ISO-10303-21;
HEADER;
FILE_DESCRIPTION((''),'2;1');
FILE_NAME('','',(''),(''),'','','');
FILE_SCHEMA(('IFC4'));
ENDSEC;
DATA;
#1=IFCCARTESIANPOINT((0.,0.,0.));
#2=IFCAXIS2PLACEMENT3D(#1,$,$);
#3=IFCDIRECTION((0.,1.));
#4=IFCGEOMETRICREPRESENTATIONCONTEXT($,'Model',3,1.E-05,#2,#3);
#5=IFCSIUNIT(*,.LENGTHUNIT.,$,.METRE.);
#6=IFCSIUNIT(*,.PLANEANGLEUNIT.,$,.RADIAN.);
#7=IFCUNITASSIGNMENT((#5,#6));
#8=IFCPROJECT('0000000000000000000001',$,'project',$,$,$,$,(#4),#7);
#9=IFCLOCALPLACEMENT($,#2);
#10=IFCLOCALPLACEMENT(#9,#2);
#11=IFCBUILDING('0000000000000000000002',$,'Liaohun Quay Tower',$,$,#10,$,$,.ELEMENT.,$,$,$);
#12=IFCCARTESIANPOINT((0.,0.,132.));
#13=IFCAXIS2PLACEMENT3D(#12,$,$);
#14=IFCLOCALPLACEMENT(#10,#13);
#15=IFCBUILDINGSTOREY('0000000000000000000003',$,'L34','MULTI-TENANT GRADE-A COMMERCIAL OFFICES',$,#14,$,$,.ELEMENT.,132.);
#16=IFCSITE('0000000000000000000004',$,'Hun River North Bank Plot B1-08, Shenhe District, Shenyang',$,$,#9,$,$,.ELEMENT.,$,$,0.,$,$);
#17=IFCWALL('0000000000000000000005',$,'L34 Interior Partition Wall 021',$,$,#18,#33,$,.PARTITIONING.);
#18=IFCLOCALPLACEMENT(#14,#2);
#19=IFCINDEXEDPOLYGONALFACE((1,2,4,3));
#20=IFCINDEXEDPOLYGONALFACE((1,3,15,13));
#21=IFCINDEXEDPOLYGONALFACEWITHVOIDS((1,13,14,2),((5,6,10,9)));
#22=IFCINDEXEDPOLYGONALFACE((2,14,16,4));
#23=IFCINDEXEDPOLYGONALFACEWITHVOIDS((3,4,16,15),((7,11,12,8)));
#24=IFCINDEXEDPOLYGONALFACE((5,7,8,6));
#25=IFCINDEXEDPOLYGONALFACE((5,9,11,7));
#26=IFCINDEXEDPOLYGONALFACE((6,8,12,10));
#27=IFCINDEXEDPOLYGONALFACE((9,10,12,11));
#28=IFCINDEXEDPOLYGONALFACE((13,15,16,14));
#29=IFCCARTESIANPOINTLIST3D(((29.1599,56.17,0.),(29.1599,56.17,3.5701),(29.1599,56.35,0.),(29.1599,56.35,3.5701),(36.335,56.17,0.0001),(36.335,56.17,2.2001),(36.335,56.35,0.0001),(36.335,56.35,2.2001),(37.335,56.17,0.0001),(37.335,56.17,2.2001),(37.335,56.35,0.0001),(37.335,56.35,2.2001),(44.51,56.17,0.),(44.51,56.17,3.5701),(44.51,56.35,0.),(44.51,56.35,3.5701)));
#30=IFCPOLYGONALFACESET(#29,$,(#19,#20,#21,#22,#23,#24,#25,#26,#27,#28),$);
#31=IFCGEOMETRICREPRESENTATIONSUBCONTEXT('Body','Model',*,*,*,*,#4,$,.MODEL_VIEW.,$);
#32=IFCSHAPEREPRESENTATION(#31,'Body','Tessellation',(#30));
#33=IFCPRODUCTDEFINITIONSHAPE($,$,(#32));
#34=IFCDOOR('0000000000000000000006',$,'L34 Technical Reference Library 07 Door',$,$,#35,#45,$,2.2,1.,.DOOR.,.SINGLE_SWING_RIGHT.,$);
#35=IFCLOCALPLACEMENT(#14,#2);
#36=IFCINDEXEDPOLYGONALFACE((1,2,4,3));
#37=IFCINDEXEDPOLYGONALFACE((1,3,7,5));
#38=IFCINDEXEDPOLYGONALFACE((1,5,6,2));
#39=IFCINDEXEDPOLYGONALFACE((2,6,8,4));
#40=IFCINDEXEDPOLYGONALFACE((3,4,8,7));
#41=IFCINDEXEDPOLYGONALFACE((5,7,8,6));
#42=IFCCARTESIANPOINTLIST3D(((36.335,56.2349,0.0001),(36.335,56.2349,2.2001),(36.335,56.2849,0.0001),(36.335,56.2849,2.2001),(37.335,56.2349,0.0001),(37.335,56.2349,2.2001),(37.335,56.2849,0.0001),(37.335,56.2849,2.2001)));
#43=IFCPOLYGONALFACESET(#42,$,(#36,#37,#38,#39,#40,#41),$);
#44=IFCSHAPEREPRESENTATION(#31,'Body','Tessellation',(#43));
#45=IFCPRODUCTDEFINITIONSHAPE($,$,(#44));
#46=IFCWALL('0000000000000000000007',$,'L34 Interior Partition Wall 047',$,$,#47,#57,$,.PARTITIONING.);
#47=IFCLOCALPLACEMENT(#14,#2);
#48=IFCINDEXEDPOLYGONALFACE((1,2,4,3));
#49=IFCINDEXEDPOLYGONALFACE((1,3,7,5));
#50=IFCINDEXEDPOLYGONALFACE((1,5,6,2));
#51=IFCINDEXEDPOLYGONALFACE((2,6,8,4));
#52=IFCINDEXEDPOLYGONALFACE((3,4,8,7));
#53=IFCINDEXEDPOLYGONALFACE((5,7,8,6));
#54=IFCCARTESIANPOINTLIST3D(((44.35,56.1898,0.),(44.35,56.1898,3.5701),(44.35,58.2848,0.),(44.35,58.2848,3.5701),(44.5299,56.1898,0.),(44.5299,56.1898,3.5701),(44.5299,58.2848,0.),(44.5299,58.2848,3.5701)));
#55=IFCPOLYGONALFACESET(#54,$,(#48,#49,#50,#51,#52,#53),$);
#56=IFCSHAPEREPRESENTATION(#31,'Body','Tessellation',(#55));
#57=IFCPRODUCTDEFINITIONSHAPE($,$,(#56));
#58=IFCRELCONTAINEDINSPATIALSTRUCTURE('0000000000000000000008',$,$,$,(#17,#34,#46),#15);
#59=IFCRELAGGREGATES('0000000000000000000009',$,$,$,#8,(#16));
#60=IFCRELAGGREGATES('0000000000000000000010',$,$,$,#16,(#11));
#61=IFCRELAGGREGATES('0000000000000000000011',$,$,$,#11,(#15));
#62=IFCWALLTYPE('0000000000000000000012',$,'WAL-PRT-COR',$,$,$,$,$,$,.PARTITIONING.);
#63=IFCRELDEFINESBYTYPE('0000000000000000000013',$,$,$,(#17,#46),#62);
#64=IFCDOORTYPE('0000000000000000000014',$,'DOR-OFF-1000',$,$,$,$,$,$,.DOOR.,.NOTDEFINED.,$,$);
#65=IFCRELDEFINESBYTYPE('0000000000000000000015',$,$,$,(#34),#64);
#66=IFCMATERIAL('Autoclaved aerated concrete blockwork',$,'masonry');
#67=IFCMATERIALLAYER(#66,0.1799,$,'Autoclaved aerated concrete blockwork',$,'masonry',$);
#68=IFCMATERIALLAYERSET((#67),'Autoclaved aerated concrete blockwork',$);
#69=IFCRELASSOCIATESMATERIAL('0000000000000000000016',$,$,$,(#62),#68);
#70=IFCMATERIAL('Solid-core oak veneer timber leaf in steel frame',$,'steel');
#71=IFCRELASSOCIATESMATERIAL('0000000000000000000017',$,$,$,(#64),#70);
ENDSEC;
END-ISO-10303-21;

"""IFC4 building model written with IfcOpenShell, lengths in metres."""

from ifc_helpers import new_model, si_unit, direction, frame, frame_2d, origin, place, context, subcontext, project, spatial, rectangle, extrude, source, transform, mapped, material, layer, layer_set, type_object, element, fill, save


model = new_model("IFC4")

# Units and contexts
model_context = context("Model", 3, precision=1e-05, world=origin(), true_north=direction((0.0, 1.0)))
body_context = subcontext(model_context, "Body", "Model", "MODEL_VIEW")
ifc_project = project(units=[si_unit("LENGTHUNIT", "METRE"), si_unit("PLANEANGLEUNIT", "RADIAN")], contexts=[model_context])

# Site, building, storey
site_placement = place(None, origin())
site = spatial("IfcSite", under=ifc_project, at=site_placement, Name="Hun River North Bank Plot B1-08, Shenhe District, Shenyang", CompositionType="ELEMENT", RefElevation=0.0)
building_placement = place(site_placement, origin())
building = spatial("IfcBuilding", under=site, at=building_placement, Name="Liaohun Quay Tower", CompositionType="ELEMENT")
storey_placement = place(building_placement, frame((0.0, 0.0, 132.0)))
storey = spatial("IfcBuildingStorey", under=building, at=storey_placement, Name="L34", Description="MULTI-TENANT GRADE-A COMMERCIAL OFFICES", CompositionType="ELEMENT", Elevation=132.0)

# Wall, opening, door
ifc_material_1 = material(Name="Autoclaved aerated concrete blockwork", Category="masonry")
ifc_layer_1 = layer(ifc_material_1, 0.1799, Name="Autoclaved aerated concrete blockwork", Category="masonry")
ifc_layer_set_1 = layer_set([ifc_layer_1], Name="Autoclaved aerated concrete blockwork")
wall_type_1 = type_object("IfcWallType", Name="WAL-PRT-COR", PredefinedType="PARTITIONING", material=ifc_layer_set_1)
wall_1_placement = place(storey_placement, frame((29.1599, 56.26, 0.0), z_axis=(0.0, 0.0, 1.0), x_axis=(1.0, 0.0, 0.0)))
wall_1 = element("IfcWall", 1, at=wall_1_placement, inside=storey, type_object=wall_type_1, Name="L34 Interior Partition Wall 021", PredefinedType="PARTITIONING", context=body_context, shape_type="SweptSolid", body=[
    extrude(rectangle(XDim=15.3501, YDim=0.1799, at=frame_2d((7.675, 0.0))), origin(), (0.0, 0.0, 1.0), 3.5701),
])
shared_shape_1 = source(origin(), body_context, "Body", "SweptSolid", [
    extrude(rectangle(XDim=1.0, YDim=2.2, at=frame_2d((0.5, 1.1001))), frame((0.0, 0.0999, 0.0), z_axis=(0.0, -1.0, 0.0), x_axis=(1.0, 0.0, 0.0)), (0.0, 0.0, 1.0), 0.2),
])
opening_1_placement = place(wall_1_placement, frame((7.175, 0.0, 0.0)))
opening_1 = element("IfcOpeningElement", 2, at=opening_1_placement, cuts=wall_1, PredefinedType="OPENING", context=body_context, shape_type="MappedRepresentation", body=[
    mapped(shared_shape_1, transform((0.0, 0.0, 0.0), x_axis=(1.0, 0.0, 0.0), y_axis=(0.0, 1.0, 0.0), z_axis=(0.0, 0.0, 1.0), scale=1.0)),
])
ifc_material_2 = material(Name="Solid-core oak veneer timber leaf in steel frame", Category="steel")
door_type_1 = type_object("IfcDoorType", Name="DOR-OFF-1000", OperationType="NOTDEFINED", PredefinedType="DOOR", material=ifc_material_2)
shared_shape_2 = source(origin(), body_context, "Body", "SweptSolid", [
    extrude(rectangle(XDim=1.0, YDim=2.2, at=frame_2d((0.5, 1.1001))), frame((0.0, 0.0249, 0.0), z_axis=(0.0, -1.0, 0.0), x_axis=(1.0, 0.0, 0.0)), (0.0, 0.0, 1.0), 0.05),
])
door_1_placement = place(opening_1_placement, origin())
door_1 = element("IfcDoor", 3, at=door_1_placement, inside=storey, type_object=door_type_1, Name="L34 Technical Reference Library 07 Door", OperationType="SINGLE_SWING_RIGHT", OverallHeight=2.2, OverallWidth=1.0, PredefinedType="DOOR", context=body_context, shape_type="MappedRepresentation", body=[
    mapped(shared_shape_2, transform((0.0, 0.0, 0.0), x_axis=(1.0, 0.0, 0.0), y_axis=(0.0, 1.0, 0.0), z_axis=(0.0, 0.0, 1.0), scale=1.0)),
])
fill(opening_1, door_1)

# Wall
wall_2_placement = place(storey_placement, frame((44.4399, 56.1899, 0.0), z_axis=(0.0, 0.0, 1.0), x_axis=(0.0, 1.0, 0.0)))
element("IfcWall", 4, at=wall_2_placement, inside=storey, type_object=wall_type_1, Name="L34 Interior Partition Wall 047", PredefinedType="PARTITIONING", context=body_context, shape_type="SweptSolid", body=[
    extrude(rectangle(XDim=2.095, YDim=0.1799, at=frame_2d((1.0474, 0.0))), origin(), (0.0, 0.0, 1.0), 3.5701),
])

save(model, "model.ifc")
